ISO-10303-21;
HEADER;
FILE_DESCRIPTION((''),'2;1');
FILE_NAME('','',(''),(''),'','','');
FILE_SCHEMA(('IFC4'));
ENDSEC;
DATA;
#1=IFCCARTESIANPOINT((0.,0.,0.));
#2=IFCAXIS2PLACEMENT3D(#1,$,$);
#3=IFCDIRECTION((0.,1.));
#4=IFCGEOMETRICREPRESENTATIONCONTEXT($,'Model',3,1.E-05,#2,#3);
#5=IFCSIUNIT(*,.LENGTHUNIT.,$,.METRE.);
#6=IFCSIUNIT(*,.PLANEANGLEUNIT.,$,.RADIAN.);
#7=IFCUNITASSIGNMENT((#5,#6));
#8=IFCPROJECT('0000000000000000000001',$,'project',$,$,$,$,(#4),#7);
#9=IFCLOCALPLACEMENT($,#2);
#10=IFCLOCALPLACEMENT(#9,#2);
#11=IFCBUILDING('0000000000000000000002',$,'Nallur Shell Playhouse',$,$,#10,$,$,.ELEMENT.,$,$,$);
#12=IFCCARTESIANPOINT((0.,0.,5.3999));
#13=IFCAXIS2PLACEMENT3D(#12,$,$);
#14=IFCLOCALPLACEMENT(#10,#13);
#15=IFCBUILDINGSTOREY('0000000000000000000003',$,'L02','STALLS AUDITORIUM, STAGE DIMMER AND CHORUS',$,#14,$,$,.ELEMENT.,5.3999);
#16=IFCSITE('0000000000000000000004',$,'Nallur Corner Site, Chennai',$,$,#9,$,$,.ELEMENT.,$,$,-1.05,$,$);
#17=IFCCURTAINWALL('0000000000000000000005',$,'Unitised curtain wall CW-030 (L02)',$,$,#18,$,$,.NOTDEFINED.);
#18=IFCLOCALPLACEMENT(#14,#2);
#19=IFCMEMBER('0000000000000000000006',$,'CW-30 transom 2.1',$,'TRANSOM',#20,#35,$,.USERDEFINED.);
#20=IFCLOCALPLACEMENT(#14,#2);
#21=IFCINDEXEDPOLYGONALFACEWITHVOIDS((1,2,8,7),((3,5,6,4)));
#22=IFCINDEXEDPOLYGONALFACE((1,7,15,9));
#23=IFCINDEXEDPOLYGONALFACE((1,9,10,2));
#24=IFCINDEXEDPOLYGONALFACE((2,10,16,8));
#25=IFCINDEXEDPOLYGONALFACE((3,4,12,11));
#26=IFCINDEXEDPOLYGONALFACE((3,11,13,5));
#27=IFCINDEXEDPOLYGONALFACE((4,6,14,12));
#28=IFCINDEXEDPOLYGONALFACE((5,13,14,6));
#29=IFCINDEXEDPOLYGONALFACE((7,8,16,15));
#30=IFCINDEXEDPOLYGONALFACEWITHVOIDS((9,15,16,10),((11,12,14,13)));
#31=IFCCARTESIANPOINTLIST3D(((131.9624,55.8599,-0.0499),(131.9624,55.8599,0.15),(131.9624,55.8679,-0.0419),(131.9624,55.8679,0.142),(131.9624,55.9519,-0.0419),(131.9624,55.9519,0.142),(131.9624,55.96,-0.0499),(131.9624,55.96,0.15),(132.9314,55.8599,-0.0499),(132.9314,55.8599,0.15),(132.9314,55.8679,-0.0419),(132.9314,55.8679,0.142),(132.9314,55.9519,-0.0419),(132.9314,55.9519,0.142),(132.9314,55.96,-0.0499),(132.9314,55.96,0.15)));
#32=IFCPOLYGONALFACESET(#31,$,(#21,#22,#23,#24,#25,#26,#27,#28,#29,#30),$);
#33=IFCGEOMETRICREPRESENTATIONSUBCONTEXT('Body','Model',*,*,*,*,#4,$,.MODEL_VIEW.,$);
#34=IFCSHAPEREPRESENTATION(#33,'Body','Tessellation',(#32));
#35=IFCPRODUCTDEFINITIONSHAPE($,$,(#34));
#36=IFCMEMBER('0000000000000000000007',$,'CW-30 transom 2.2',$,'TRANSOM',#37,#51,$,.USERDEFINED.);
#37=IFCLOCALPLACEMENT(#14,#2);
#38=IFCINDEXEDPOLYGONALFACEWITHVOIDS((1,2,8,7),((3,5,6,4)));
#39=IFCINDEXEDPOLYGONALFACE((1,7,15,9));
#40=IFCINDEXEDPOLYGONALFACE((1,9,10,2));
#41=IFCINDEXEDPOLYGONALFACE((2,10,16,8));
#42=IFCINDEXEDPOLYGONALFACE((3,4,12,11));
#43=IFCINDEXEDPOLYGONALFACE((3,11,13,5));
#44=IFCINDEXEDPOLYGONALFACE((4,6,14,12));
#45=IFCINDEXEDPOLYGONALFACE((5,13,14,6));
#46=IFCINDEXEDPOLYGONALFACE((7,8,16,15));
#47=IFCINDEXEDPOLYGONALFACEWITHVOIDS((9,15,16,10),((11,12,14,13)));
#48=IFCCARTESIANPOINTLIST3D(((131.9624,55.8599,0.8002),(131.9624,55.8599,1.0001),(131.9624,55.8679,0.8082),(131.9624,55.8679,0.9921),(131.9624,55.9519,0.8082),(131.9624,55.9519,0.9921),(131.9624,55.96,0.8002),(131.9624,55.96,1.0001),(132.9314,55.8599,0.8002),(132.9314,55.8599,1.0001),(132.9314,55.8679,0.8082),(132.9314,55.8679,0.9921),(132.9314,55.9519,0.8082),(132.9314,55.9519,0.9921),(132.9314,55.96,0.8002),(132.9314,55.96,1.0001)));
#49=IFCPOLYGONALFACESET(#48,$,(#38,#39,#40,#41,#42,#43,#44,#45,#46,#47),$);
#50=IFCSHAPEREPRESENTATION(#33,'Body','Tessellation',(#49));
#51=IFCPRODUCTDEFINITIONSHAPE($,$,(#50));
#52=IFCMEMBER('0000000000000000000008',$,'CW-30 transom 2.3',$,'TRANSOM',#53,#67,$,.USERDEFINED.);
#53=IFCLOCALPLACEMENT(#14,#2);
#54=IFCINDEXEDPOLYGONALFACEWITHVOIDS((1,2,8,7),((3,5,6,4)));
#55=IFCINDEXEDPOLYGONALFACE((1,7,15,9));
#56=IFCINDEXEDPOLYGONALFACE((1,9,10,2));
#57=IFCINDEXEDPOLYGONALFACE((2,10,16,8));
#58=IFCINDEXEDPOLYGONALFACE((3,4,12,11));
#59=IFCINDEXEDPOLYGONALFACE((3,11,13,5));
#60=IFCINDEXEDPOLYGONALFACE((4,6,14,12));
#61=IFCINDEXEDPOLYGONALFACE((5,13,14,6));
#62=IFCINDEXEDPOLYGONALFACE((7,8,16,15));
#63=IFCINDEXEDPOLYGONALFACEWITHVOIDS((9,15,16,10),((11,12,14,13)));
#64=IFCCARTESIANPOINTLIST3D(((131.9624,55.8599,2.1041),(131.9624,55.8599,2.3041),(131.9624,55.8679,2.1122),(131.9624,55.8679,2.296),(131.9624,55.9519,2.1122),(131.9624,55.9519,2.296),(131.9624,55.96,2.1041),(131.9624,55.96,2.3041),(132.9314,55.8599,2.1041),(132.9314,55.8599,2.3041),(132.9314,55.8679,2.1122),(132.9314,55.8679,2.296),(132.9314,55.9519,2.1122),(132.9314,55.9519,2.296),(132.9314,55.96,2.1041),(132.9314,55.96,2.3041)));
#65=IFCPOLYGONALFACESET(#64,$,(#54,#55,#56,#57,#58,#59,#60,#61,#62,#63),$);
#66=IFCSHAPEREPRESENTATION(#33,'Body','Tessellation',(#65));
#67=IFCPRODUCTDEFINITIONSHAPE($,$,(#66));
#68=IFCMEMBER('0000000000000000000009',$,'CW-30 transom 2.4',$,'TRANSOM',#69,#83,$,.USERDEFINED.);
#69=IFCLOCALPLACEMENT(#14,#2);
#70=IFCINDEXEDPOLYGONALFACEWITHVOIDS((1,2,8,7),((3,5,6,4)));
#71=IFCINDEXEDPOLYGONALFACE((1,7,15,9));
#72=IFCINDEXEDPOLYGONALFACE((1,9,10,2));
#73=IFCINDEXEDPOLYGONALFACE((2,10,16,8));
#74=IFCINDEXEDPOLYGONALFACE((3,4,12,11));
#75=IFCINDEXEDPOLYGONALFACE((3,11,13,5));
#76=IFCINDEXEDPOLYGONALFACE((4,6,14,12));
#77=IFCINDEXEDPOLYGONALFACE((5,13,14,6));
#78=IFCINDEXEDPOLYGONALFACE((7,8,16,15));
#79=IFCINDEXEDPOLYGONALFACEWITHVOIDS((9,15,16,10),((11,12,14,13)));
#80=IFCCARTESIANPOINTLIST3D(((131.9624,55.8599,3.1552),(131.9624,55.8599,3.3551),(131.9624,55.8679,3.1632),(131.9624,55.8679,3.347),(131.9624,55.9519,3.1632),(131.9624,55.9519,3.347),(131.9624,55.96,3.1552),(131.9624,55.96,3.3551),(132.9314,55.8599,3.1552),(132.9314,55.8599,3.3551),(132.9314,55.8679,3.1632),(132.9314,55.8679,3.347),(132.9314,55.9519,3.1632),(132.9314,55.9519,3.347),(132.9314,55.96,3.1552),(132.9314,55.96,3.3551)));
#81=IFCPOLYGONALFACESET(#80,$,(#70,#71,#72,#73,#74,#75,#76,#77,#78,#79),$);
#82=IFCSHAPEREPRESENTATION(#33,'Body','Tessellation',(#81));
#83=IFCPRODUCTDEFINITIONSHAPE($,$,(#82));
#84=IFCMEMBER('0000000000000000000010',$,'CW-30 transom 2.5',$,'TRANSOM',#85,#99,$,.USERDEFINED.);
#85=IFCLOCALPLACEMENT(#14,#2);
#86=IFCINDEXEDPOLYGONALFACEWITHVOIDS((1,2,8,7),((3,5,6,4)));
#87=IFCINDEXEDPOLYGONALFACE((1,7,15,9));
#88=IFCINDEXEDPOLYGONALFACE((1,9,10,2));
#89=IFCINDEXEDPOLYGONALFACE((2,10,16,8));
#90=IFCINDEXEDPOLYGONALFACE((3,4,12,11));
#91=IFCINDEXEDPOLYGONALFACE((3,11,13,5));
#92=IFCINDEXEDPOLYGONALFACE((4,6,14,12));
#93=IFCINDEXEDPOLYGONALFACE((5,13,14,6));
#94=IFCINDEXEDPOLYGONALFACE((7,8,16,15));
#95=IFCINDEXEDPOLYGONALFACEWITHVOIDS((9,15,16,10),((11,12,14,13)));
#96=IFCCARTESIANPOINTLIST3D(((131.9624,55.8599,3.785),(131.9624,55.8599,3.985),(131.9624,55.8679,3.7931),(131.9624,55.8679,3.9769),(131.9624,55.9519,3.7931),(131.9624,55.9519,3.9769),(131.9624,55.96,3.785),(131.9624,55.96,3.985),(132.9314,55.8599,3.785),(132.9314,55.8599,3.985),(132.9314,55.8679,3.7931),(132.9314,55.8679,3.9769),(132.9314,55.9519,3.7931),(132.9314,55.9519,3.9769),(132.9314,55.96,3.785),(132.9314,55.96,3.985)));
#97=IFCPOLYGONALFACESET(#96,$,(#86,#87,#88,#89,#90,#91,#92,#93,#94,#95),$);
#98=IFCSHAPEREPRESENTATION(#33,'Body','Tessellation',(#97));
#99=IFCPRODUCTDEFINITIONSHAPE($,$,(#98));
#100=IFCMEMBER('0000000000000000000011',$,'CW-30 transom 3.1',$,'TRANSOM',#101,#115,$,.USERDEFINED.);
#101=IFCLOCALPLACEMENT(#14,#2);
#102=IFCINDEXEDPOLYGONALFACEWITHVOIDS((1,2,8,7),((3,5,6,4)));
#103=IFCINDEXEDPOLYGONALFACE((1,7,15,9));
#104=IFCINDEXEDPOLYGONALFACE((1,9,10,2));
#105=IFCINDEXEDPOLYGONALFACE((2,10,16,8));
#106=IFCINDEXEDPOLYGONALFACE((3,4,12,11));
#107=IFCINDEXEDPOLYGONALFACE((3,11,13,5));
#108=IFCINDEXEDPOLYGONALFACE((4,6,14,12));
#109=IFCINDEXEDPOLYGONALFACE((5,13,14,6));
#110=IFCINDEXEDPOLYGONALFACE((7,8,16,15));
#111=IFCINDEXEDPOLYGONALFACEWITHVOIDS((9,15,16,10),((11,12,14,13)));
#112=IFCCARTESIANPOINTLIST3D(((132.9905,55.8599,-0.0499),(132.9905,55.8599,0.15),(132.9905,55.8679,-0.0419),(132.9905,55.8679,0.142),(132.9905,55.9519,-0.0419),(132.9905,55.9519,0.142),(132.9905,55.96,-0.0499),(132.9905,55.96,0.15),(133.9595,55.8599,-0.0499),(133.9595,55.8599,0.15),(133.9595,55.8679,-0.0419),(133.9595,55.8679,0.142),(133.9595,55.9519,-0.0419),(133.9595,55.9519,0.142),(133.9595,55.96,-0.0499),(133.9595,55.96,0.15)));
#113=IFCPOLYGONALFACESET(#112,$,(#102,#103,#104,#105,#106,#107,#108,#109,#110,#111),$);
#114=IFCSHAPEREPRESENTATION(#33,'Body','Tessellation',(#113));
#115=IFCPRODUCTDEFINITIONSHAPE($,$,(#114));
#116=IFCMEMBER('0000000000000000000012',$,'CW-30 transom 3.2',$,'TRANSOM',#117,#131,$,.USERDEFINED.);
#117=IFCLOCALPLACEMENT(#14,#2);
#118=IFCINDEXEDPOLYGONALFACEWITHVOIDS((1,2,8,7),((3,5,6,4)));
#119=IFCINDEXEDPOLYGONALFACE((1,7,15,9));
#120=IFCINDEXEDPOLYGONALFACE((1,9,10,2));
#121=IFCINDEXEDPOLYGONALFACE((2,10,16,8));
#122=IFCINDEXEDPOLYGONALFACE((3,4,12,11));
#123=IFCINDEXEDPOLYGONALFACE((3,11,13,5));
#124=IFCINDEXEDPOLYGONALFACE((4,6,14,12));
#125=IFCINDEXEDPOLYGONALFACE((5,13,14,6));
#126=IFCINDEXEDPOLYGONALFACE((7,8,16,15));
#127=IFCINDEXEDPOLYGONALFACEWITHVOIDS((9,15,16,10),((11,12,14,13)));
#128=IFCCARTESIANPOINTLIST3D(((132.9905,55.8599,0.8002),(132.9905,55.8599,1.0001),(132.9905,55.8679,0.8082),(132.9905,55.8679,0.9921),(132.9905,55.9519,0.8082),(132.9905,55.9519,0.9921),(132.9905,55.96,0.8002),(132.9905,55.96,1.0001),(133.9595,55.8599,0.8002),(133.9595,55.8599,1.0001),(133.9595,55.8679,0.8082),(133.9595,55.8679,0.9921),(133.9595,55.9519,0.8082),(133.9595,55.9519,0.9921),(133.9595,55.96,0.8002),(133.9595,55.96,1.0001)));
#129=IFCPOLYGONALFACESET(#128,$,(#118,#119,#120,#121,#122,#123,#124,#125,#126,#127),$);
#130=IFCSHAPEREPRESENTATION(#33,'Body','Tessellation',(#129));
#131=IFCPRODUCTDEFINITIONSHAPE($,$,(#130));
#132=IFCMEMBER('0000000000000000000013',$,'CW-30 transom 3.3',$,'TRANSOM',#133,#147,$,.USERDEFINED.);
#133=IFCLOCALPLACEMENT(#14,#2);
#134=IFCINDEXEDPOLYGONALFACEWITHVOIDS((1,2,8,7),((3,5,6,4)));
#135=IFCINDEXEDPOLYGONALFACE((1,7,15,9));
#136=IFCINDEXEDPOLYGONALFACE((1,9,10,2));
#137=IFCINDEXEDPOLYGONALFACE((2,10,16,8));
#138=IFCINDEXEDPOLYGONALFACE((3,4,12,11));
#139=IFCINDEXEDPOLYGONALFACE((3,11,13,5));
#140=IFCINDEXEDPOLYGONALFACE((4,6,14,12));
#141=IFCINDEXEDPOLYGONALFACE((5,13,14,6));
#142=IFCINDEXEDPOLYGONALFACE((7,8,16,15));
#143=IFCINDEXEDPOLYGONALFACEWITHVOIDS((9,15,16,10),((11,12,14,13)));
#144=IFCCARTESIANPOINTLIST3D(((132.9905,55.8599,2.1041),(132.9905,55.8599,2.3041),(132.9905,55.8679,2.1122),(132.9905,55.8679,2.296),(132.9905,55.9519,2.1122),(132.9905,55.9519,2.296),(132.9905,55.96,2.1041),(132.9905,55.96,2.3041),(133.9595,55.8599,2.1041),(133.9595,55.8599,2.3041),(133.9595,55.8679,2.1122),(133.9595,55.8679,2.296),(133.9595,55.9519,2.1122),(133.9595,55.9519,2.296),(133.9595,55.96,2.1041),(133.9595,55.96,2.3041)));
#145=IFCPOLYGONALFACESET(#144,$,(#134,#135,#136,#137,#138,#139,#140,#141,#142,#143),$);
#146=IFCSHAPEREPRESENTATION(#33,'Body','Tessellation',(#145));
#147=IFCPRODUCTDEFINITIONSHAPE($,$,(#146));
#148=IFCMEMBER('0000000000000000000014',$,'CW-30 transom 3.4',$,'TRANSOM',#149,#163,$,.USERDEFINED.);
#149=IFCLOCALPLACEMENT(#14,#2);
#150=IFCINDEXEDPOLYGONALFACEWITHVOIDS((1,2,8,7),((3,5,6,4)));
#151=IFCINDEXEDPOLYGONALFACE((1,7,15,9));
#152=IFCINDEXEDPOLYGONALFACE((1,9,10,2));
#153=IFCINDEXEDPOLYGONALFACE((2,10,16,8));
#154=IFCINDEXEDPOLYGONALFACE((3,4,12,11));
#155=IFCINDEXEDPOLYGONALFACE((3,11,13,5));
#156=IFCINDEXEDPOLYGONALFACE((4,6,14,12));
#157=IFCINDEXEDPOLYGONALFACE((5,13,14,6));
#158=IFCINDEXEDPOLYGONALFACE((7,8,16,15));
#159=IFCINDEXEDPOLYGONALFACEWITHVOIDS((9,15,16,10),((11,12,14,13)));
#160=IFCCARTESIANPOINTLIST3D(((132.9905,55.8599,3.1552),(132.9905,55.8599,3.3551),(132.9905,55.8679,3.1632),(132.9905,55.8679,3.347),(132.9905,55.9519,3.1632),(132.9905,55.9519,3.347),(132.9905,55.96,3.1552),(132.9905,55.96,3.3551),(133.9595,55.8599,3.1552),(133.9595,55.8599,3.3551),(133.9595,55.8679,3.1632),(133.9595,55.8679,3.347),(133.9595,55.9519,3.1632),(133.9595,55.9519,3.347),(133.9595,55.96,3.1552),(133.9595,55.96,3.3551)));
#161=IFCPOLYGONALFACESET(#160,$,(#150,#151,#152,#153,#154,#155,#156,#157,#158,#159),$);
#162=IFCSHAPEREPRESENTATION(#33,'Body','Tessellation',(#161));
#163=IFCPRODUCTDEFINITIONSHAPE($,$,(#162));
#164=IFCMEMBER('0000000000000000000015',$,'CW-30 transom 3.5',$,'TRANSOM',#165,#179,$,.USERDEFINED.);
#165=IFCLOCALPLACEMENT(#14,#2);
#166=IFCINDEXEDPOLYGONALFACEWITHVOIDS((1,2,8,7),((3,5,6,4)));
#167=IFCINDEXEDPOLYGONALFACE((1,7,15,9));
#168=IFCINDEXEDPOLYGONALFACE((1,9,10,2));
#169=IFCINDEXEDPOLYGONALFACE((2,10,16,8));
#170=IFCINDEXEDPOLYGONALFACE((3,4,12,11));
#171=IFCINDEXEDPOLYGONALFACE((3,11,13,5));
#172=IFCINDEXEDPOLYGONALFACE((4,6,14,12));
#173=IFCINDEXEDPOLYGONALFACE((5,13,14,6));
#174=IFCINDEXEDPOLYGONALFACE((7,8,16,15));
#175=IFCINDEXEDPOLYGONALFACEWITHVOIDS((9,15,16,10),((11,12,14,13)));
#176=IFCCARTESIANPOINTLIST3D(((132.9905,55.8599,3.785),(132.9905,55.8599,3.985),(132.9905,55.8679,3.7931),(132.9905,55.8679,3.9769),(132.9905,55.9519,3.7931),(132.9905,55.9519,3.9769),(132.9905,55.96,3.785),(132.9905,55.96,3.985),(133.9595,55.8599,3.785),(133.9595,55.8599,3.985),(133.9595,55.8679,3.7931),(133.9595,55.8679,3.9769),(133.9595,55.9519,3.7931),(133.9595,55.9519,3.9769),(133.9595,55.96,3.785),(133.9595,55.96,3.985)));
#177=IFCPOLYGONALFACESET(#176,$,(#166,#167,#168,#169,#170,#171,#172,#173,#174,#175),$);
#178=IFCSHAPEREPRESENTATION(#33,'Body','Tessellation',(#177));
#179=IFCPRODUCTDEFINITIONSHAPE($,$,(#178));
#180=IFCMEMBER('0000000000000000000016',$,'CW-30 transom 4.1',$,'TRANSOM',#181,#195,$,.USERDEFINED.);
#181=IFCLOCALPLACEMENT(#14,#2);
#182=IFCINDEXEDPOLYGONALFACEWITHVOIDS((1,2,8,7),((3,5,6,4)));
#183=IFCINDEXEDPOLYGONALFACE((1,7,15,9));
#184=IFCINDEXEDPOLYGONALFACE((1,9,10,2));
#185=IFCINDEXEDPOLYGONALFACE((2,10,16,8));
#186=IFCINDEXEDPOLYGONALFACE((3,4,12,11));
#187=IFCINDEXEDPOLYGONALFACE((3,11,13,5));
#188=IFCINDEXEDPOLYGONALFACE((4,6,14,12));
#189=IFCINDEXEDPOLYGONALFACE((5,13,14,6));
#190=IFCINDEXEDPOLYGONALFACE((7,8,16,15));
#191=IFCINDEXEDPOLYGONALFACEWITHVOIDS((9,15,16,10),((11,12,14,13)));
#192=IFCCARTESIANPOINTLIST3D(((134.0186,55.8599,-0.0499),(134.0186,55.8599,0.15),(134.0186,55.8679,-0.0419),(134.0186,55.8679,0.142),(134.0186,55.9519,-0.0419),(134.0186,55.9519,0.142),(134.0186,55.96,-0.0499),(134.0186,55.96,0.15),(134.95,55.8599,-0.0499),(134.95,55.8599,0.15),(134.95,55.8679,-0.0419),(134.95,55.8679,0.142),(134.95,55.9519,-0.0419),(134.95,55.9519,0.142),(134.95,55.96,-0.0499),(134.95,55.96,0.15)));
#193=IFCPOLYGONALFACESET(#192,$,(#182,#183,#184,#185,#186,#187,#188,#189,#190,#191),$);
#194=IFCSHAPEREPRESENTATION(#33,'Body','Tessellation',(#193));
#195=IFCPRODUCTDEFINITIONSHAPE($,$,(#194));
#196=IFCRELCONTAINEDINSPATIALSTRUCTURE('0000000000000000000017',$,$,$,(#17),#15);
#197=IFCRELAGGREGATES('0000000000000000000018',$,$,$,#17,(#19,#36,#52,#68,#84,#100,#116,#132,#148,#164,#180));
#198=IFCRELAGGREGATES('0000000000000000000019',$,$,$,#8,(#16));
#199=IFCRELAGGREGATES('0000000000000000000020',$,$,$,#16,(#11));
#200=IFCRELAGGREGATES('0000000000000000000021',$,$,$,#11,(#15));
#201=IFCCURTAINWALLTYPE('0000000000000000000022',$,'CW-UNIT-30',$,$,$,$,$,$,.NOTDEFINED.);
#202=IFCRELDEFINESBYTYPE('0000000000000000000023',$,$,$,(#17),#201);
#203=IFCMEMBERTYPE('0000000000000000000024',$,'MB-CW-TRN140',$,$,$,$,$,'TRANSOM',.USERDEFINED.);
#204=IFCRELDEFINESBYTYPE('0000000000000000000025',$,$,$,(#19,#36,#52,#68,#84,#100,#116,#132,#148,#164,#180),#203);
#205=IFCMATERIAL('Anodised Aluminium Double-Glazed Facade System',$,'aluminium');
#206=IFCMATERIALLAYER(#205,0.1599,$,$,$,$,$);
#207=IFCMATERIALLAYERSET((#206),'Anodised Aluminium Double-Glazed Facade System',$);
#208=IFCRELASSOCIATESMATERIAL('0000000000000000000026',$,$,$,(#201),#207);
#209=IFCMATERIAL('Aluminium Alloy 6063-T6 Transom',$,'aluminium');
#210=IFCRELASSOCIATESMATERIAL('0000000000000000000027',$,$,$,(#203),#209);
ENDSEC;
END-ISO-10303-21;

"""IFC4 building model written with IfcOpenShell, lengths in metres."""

from ifc_helpers import new_model, si_unit, direction, frame, origin, origin_2d, place, context, subcontext, project, spatial, hollow_rectangle, extrude, material, layer, layer_set, material_profile, profile_set, type_object, element, aggregate, save


model = new_model("IFC4")

# Units and contexts
model_context = context("Model", 3, precision=1e-05, world=origin(), true_north=direction((0.0, 1.0)))
body_context = subcontext(model_context, "Body", "Model", "MODEL_VIEW")
ifc_project = project(units=[si_unit("LENGTHUNIT", "METRE"), si_unit("PLANEANGLEUNIT", "RADIAN")], contexts=[model_context])

# Site, building, storey
site_placement = place(None, origin())
site = spatial("IfcSite", under=ifc_project, at=site_placement, Name="Nallur Corner Site, Chennai", CompositionType="ELEMENT", RefElevation=-1.05)
building_placement = place(site_placement, origin())
building = spatial("IfcBuilding", under=site, at=building_placement, Name="Nallur Shell Playhouse", CompositionType="ELEMENT")
storey_placement = place(building_placement, frame((0.0, 0.0, 5.3999)))
storey = spatial("IfcBuildingStorey", under=building, at=storey_placement, Name="L02", Description="STALLS AUDITORIUM, STAGE DIMMER AND CHORUS", CompositionType="ELEMENT", Elevation=5.3999)

# Shared definitions
ifc_material_1 = material(Name="Anodised Aluminium Double-Glazed Facade System", Category="aluminium")

# Curtain wall, members
ifc_layer_1 = layer(ifc_material_1, 0.1599)
ifc_layer_set_1 = layer_set([ifc_layer_1], Name="Anodised Aluminium Double-Glazed Facade System")
curtain_wall_type_1 = type_object("IfcCurtainWallType", Name="CW-UNIT-30", PredefinedType="NOTDEFINED", material=ifc_layer_set_1)
curtain_wall_1_placement = place(storey_placement, origin())
curtain_wall_1 = element("IfcCurtainWall", 1, at=curtain_wall_1_placement, inside=storey, type_object=curtain_wall_type_1, Name="Unitised curtain wall CW-030 (L02)", PredefinedType="NOTDEFINED")
ifc_material_2 = material(Name="Aluminium Alloy 6063-T6 Transom", Category="aluminium")
ifc_material_profile_1 = material_profile(ifc_material_2, hollow_rectangle(XDim=0.1001, YDim=0.2, WallThickness=0.0081, at=origin_2d()), Name="RHS 200x100x8")
ifc_profile_set_1 = profile_set([ifc_material_profile_1], Name="Aluminium Alloy 6063-T6 Transom")
member_type_1 = type_object("IfcMemberType", Name="MB-CW-TRN140", ElementType="TRANSOM", PredefinedType="USERDEFINED", material=ifc_profile_set_1)
member_1_placement = place(storey_placement, frame((131.9624, 55.9099, 0.05), z_axis=(1.0, 0.0, 0.0), x_axis=(0.0, 1.0, 0.0)))
member_1 = element("IfcMember", 2, at=member_1_placement, type_object=member_type_1, Name="CW-30 transom 2.1", ObjectType="TRANSOM", PredefinedType="USERDEFINED", context=body_context, shape_type="SweptSolid", body=[
    extrude(hollow_rectangle(XDim=0.1001, YDim=0.2, WallThickness=0.0081, at=origin_2d()), origin(), (0.0, 0.0, 1.0), 0.969),
])
member_2_placement = place(storey_placement, frame((131.9624, 55.9099, 0.9001), z_axis=(1.0, 0.0, 0.0), x_axis=(0.0, 1.0, 0.0)))
member_2 = element("IfcMember", 3, at=member_2_placement, type_object=member_type_1, Name="CW-30 transom 2.2", ObjectType="TRANSOM", PredefinedType="USERDEFINED", context=body_context, shape_type="SweptSolid", body=[
    extrude(hollow_rectangle(XDim=0.1001, YDim=0.2, WallThickness=0.0081, at=origin_2d()), origin(), (0.0, 0.0, 1.0), 0.969),
])
member_3_placement = place(storey_placement, frame((131.9624, 55.9099, 2.2041), z_axis=(1.0, 0.0, 0.0), x_axis=(0.0, 1.0, 0.0)))
member_3 = element("IfcMember", 4, at=member_3_placement, type_object=member_type_1, Name="CW-30 transom 2.3", ObjectType="TRANSOM", PredefinedType="USERDEFINED", context=body_context, shape_type="SweptSolid", body=[
    extrude(hollow_rectangle(XDim=0.1001, YDim=0.2, WallThickness=0.0081, at=origin_2d()), origin(), (0.0, 0.0, 1.0), 0.969),
])
member_4_placement = place(storey_placement, frame((131.9624, 55.9099, 3.2551), z_axis=(1.0, 0.0, 0.0), x_axis=(0.0, 1.0, 0.0)))
member_4 = element("IfcMember", 5, at=member_4_placement, type_object=member_type_1, Name="CW-30 transom 2.4", ObjectType="TRANSOM", PredefinedType="USERDEFINED", context=body_context, shape_type="SweptSolid", body=[
    extrude(hollow_rectangle(XDim=0.1001, YDim=0.2, WallThickness=0.0081, at=origin_2d()), origin(), (0.0, 0.0, 1.0), 0.969),
])
member_5_placement = place(storey_placement, frame((131.9624, 55.9099, 3.885), z_axis=(1.0, 0.0, 0.0), x_axis=(0.0, 1.0, 0.0)))
member_5 = element("IfcMember", 6, at=member_5_placement, type_object=member_type_1, Name="CW-30 transom 2.5", ObjectType="TRANSOM", PredefinedType="USERDEFINED", context=body_context, shape_type="SweptSolid", body=[
    extrude(hollow_rectangle(XDim=0.1001, YDim=0.2, WallThickness=0.0081, at=origin_2d()), origin(), (0.0, 0.0, 1.0), 0.969),
])
member_6_placement = place(storey_placement, frame((132.9905, 55.9099, 0.05), z_axis=(1.0, 0.0, 0.0), x_axis=(0.0, 1.0, 0.0)))
member_6 = element("IfcMember", 7, at=member_6_placement, type_object=member_type_1, Name="CW-30 transom 3.1", ObjectType="TRANSOM", PredefinedType="USERDEFINED", context=body_context, shape_type="SweptSolid", body=[
    extrude(hollow_rectangle(XDim=0.1001, YDim=0.2, WallThickness=0.0081, at=origin_2d()), origin(), (0.0, 0.0, 1.0), 0.969),
])
member_7_placement = place(storey_placement, frame((132.9905, 55.9099, 0.9001), z_axis=(1.0, 0.0, 0.0), x_axis=(0.0, 1.0, 0.0)))
member_7 = element("IfcMember", 8, at=member_7_placement, type_object=member_type_1, Name="CW-30 transom 3.2", ObjectType="TRANSOM", PredefinedType="USERDEFINED", context=body_context, shape_type="SweptSolid", body=[
    extrude(hollow_rectangle(XDim=0.1001, YDim=0.2, WallThickness=0.0081, at=origin_2d()), origin(), (0.0, 0.0, 1.0), 0.969),
])
member_8_placement = place(storey_placement, frame((132.9905, 55.9099, 2.2041), z_axis=(1.0, 0.0, 0.0), x_axis=(0.0, 1.0, 0.0)))
member_8 = element("IfcMember", 9, at=member_8_placement, type_object=member_type_1, Name="CW-30 transom 3.3", ObjectType="TRANSOM", PredefinedType="USERDEFINED", context=body_context, shape_type="SweptSolid", body=[
    extrude(hollow_rectangle(XDim=0.1001, YDim=0.2, WallThickness=0.0081, at=origin_2d()), origin(), (0.0, 0.0, 1.0), 0.969),
])
member_9_placement = place(storey_placement, frame((132.9905, 55.9099, 3.2551), z_axis=(1.0, 0.0, 0.0), x_axis=(0.0, 1.0, 0.0)))
member_9 = element("IfcMember", 10, at=member_9_placement, type_object=member_type_1, Name="CW-30 transom 3.4", ObjectType="TRANSOM", PredefinedType="USERDEFINED", context=body_context, shape_type="SweptSolid", body=[
    extrude(hollow_rectangle(XDim=0.1001, YDim=0.2, WallThickness=0.0081, at=origin_2d()), origin(), (0.0, 0.0, 1.0), 0.969),
])
member_10_placement = place(storey_placement, frame((132.9905, 55.9099, 3.885), z_axis=(1.0, 0.0, 0.0), x_axis=(0.0, 1.0, 0.0)))
member_10 = element("IfcMember", 11, at=member_10_placement, type_object=member_type_1, Name="CW-30 transom 3.5", ObjectType="TRANSOM", PredefinedType="USERDEFINED", context=body_context, shape_type="SweptSolid", body=[
    extrude(hollow_rectangle(XDim=0.1001, YDim=0.2, WallThickness=0.0081, at=origin_2d()), origin(), (0.0, 0.0, 1.0), 0.969),
])
member_11_placement = place(storey_placement, frame((134.0186, 55.9099, 0.05), z_axis=(1.0, 0.0, 0.0), x_axis=(0.0, 1.0, 0.0)))
member_11 = element("IfcMember", 12, at=member_11_placement, type_object=member_type_1, Name="CW-30 transom 4.1", ObjectType="TRANSOM", PredefinedType="USERDEFINED", context=body_context, shape_type="SweptSolid", body=[
    extrude(hollow_rectangle(XDim=0.1001, YDim=0.2, WallThickness=0.0081, at=origin_2d()), origin(), (0.0, 0.0, 1.0), 0.9314),
])
aggregate(curtain_wall_1, [member_1, member_2, member_3, member_4, member_5, member_6, member_7, member_8, member_9, member_10, member_11])

save(model, "model.ifc")
